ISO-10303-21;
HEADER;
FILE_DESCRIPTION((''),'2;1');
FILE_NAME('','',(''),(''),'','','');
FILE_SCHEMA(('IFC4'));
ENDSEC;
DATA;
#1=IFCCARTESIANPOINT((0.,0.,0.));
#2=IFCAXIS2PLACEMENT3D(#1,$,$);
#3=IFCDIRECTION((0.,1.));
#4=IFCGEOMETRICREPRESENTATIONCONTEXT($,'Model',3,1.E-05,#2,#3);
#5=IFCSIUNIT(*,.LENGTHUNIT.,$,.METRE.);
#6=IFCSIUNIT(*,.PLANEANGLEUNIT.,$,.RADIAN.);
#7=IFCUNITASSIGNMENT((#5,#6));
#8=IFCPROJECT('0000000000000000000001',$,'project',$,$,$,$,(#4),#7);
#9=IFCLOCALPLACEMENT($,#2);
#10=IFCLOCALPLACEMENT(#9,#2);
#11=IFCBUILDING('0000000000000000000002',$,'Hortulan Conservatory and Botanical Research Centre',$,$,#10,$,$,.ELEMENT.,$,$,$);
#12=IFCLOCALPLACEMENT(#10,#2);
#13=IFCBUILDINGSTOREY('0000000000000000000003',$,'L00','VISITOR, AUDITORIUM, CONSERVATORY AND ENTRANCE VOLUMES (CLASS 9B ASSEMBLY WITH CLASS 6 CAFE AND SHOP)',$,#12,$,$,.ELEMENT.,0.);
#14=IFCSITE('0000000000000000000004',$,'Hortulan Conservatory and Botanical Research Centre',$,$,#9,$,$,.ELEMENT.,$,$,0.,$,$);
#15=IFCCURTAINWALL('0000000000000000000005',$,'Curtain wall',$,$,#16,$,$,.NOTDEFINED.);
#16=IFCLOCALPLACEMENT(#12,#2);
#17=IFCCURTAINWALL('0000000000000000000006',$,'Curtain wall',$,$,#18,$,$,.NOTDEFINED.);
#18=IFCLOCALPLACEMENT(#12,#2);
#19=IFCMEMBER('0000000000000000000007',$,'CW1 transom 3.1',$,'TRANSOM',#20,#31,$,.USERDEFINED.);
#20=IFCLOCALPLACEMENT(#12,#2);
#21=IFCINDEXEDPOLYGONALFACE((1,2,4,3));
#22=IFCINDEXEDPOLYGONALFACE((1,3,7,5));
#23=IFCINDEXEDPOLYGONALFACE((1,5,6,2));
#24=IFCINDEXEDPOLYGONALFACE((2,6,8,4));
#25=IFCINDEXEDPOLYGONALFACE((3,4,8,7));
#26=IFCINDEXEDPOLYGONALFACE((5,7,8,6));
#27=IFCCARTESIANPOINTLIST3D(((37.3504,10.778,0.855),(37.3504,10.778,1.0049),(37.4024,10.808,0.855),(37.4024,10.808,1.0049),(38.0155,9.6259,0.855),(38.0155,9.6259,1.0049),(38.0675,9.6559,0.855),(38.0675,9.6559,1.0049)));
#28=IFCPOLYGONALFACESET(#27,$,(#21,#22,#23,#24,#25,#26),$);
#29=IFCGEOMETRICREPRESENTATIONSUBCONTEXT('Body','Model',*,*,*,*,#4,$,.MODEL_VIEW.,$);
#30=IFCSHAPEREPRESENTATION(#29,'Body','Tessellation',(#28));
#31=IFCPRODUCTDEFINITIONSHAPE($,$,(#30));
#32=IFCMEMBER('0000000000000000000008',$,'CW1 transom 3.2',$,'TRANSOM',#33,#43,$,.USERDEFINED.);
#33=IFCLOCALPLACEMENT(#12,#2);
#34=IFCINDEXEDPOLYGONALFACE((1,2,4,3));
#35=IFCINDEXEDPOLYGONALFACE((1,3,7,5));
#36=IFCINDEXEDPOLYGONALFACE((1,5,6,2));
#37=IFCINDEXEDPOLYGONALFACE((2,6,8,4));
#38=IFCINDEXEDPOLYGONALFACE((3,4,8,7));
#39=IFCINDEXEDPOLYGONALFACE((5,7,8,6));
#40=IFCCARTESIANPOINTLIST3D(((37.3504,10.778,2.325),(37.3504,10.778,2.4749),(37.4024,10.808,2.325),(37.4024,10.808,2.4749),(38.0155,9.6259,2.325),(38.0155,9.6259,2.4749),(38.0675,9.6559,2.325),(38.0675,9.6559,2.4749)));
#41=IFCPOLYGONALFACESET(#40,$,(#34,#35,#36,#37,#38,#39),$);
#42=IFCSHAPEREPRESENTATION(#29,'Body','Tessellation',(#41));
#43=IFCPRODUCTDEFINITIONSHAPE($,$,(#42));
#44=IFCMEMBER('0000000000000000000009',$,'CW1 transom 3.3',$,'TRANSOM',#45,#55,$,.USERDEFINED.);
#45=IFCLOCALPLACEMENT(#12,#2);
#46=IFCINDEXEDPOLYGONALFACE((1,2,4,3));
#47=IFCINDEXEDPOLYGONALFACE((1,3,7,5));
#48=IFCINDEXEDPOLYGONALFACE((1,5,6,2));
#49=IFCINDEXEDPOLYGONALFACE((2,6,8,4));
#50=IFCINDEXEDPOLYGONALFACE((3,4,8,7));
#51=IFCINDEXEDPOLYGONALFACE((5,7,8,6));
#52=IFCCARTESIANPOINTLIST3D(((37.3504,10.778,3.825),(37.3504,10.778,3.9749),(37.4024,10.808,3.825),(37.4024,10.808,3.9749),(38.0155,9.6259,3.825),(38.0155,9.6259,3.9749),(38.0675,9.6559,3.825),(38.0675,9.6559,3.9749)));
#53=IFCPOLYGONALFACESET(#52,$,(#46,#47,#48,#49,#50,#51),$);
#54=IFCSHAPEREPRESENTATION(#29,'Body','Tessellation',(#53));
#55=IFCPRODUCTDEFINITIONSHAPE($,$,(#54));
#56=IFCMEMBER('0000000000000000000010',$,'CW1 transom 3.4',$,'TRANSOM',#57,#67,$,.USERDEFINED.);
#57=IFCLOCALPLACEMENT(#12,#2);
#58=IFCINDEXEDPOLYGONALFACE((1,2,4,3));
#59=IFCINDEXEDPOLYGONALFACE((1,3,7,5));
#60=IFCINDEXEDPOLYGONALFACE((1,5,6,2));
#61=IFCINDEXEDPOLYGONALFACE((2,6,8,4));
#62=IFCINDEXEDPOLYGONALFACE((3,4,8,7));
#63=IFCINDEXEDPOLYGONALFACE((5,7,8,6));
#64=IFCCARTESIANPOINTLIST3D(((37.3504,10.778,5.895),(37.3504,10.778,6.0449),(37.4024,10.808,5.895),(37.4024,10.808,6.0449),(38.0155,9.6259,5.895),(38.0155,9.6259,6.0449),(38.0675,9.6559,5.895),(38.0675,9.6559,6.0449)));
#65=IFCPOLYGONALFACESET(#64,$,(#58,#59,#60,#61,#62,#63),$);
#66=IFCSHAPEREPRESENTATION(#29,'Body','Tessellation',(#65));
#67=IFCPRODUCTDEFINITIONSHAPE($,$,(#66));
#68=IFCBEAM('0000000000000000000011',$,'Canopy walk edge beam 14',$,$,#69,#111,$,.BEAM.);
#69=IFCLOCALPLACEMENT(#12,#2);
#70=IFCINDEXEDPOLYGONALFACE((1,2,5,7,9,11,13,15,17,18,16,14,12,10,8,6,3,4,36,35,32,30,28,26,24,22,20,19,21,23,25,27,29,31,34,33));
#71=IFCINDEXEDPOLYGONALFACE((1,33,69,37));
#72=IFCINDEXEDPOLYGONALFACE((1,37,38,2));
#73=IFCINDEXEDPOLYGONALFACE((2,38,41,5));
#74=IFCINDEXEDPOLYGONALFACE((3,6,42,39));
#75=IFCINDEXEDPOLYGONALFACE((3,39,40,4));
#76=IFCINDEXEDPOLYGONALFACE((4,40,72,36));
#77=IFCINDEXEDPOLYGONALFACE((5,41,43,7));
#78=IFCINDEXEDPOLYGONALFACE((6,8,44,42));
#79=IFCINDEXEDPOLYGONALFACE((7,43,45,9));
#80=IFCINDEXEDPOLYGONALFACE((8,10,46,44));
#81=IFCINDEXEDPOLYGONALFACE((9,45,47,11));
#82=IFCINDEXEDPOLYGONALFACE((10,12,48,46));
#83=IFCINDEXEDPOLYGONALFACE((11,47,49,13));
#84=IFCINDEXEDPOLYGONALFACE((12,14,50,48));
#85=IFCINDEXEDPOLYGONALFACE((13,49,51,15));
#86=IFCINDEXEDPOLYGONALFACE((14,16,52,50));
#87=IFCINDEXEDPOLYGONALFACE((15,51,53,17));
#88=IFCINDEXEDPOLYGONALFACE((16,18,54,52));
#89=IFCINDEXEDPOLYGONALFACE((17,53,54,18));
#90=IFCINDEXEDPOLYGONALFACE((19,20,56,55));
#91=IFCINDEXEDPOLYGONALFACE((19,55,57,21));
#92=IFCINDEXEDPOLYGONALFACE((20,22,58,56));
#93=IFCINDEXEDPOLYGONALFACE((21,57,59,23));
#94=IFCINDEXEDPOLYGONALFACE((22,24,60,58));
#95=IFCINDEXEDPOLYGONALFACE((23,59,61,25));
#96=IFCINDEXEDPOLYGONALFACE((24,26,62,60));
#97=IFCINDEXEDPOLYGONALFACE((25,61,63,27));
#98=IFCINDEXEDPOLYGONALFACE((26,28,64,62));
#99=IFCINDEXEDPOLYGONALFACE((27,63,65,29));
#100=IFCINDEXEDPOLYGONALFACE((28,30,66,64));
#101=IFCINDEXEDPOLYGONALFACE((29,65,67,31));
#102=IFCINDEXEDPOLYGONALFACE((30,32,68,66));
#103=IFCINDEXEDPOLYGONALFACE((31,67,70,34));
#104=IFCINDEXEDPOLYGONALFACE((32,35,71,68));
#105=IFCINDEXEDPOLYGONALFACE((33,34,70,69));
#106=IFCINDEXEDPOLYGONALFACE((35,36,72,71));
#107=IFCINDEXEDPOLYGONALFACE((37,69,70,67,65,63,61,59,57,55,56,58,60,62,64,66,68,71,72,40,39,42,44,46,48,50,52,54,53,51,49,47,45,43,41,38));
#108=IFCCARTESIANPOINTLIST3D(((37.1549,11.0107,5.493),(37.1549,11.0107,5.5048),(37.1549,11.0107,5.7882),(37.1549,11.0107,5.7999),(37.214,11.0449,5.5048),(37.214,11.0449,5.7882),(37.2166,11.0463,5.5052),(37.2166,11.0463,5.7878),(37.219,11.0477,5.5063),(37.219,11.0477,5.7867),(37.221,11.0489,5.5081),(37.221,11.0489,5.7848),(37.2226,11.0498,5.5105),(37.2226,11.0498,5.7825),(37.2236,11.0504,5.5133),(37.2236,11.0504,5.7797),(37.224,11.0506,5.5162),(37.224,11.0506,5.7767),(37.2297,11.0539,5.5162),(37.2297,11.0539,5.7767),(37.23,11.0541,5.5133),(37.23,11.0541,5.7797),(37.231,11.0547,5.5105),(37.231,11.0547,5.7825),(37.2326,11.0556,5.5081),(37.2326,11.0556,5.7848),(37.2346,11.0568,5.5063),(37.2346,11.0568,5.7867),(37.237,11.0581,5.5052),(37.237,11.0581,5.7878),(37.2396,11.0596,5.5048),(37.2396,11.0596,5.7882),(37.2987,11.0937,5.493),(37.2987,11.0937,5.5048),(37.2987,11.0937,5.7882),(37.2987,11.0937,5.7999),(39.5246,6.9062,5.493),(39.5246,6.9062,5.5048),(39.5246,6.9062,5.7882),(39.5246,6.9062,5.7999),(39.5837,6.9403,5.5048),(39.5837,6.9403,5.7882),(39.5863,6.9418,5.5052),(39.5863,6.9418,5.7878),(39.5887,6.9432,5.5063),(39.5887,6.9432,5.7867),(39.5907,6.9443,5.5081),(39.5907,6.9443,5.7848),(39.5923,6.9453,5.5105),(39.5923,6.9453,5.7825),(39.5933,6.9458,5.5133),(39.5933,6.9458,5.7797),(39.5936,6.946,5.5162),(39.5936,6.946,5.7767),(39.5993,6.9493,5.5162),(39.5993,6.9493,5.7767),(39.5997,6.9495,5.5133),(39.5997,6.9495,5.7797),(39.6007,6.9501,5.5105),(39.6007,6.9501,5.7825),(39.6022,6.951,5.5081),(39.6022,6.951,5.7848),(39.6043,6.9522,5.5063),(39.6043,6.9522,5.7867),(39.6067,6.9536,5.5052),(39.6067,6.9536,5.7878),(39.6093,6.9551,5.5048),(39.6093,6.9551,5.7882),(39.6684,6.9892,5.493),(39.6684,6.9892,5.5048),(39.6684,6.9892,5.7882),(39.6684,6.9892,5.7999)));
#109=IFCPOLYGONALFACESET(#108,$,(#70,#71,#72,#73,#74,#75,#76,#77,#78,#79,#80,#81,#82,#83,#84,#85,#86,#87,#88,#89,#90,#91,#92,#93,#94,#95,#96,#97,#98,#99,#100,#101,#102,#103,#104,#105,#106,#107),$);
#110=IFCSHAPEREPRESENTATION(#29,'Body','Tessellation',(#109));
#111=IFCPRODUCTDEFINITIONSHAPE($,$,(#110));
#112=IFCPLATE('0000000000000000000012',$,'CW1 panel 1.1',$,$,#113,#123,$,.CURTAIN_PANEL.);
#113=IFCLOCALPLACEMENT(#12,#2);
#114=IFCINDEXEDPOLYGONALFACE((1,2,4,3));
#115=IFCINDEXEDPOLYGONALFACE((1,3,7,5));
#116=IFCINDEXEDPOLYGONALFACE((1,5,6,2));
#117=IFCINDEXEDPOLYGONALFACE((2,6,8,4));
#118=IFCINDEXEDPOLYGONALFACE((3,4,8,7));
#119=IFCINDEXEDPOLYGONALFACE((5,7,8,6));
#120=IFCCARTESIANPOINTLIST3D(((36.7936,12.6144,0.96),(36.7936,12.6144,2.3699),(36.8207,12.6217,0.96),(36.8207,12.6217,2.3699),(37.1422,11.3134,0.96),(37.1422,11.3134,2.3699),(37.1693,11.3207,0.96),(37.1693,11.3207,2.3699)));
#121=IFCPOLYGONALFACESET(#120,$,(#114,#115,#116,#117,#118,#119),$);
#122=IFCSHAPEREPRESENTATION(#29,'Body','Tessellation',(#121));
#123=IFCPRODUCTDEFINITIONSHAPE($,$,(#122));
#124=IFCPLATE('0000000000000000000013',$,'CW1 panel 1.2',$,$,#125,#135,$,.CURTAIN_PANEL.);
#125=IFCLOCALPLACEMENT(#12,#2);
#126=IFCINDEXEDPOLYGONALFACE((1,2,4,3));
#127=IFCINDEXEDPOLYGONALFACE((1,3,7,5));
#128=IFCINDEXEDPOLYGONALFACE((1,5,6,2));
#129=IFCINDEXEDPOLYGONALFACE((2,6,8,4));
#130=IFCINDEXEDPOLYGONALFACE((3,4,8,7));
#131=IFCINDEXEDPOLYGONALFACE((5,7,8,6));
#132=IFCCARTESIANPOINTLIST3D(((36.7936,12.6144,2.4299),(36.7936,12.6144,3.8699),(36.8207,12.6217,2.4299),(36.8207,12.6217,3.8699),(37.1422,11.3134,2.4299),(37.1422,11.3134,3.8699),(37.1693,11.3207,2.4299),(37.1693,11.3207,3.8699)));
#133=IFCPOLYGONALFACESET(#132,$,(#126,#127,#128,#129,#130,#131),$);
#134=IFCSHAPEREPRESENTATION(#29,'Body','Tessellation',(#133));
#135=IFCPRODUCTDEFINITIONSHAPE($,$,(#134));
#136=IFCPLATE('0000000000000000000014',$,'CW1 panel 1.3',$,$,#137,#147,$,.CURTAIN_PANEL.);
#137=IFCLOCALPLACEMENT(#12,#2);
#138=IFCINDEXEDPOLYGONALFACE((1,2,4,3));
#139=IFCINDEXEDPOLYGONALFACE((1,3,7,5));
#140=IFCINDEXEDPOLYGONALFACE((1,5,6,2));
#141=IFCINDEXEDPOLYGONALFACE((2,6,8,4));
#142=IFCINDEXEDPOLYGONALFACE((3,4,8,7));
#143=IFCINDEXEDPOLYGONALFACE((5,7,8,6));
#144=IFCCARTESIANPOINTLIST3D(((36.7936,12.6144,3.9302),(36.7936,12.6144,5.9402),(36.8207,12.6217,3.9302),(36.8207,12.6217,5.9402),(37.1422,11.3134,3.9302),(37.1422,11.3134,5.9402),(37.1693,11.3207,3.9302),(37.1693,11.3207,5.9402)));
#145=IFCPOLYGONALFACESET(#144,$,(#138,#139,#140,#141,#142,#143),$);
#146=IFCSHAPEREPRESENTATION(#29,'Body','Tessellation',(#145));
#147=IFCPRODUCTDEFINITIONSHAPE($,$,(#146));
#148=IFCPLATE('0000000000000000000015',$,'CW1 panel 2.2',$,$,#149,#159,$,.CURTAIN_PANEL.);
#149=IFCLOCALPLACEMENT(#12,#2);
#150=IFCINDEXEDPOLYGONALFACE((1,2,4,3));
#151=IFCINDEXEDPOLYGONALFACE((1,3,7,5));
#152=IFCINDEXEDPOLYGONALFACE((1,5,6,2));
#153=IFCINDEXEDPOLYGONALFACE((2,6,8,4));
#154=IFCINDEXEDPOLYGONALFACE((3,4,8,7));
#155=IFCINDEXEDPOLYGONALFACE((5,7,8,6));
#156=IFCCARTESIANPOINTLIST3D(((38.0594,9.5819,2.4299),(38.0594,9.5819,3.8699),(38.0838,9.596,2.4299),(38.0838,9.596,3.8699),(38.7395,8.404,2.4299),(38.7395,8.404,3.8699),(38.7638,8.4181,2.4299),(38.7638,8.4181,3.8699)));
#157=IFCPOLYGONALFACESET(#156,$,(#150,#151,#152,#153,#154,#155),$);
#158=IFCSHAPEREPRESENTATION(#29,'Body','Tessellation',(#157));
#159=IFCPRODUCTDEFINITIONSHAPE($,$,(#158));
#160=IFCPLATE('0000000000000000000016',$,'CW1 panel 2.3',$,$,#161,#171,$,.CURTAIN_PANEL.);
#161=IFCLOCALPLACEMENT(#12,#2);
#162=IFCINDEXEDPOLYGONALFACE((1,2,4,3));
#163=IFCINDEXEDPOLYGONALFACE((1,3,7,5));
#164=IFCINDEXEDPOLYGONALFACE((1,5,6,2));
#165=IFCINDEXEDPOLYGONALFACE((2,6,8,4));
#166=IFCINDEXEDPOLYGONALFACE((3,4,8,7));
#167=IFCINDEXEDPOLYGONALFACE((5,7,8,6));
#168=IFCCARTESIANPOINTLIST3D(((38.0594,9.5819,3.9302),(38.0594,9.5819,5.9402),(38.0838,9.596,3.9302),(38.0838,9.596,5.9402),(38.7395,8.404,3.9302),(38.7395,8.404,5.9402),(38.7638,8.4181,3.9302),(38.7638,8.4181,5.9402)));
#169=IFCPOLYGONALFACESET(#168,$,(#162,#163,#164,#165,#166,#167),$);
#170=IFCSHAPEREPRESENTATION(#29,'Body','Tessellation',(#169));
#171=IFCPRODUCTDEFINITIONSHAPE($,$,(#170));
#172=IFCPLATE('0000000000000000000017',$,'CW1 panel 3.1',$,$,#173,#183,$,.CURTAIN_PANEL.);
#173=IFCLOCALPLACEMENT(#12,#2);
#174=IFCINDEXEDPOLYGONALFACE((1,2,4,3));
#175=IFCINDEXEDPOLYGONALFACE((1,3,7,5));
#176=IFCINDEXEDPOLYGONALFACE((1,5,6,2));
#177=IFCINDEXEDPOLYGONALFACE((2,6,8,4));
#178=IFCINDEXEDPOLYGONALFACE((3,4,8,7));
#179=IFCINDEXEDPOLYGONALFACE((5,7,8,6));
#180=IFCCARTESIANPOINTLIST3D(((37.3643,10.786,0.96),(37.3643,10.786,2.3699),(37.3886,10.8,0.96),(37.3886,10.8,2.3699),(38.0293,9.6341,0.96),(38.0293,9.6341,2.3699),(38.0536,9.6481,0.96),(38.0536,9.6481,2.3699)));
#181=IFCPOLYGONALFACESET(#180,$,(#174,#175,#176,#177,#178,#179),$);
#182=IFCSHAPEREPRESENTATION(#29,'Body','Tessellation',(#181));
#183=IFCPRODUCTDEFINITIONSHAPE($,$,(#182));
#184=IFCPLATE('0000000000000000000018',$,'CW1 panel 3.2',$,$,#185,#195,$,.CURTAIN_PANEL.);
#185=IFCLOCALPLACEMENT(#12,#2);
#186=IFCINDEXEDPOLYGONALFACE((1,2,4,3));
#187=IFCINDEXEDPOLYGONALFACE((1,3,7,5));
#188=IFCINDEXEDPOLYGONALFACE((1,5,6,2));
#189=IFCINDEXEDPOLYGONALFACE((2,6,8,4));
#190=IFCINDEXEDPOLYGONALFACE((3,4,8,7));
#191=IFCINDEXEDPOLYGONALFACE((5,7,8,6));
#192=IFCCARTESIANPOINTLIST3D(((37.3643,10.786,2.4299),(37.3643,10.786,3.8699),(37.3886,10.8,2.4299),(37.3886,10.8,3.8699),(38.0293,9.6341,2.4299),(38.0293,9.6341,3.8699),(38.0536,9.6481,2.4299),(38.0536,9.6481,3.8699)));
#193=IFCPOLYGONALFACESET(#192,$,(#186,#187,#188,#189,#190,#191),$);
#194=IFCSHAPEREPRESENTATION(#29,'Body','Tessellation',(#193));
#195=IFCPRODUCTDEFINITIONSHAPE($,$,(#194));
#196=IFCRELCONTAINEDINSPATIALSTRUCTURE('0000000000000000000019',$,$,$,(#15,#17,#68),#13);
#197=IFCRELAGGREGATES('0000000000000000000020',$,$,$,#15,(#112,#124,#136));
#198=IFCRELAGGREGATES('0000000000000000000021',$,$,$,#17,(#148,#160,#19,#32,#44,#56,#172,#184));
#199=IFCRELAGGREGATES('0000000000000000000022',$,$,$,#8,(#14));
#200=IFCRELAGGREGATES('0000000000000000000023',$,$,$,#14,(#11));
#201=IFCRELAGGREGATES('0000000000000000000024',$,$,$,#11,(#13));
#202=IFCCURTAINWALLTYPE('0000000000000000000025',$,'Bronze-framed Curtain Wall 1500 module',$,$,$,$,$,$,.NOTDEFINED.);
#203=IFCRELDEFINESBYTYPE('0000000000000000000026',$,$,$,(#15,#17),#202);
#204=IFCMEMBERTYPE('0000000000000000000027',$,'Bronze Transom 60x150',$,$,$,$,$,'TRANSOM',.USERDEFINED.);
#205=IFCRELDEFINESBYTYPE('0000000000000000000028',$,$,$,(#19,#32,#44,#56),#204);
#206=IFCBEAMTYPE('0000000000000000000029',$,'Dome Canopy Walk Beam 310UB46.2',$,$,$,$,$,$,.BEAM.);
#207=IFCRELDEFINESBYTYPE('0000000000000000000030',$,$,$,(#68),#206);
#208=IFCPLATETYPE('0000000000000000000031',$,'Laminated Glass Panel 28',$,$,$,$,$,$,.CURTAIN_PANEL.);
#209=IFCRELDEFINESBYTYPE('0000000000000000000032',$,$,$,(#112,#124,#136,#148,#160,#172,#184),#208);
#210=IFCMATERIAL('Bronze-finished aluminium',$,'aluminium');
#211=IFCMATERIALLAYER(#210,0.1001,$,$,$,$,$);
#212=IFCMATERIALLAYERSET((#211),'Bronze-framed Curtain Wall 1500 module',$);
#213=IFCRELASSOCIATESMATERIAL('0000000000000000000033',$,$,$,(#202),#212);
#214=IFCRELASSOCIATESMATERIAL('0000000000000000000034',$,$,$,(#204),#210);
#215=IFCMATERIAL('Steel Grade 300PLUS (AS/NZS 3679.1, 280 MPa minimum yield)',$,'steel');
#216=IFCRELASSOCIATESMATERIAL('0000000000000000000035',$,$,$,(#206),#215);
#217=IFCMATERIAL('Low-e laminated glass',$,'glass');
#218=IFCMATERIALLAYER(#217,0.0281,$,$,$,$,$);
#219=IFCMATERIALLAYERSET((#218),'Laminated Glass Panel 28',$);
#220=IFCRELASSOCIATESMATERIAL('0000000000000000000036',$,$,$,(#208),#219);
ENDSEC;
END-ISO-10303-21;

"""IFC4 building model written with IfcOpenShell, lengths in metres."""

from ifc_helpers import new_model, si_unit, direction, frame, origin, origin_2d, place, context, subcontext, project, spatial, rectangle, i_section, extrude, material, layer, layer_set, material_profile, profile_set, type_object, element, aggregate, save


model = new_model("IFC4")

# Units and contexts
model_context = context("Model", 3, precision=1e-05, world=origin(), true_north=direction((0.0, 1.0)))
body_context = subcontext(model_context, "Body", "Model", "MODEL_VIEW")
ifc_project = project(units=[si_unit("LENGTHUNIT", "METRE"), si_unit("PLANEANGLEUNIT", "RADIAN")], contexts=[model_context])

# Site, building, storey
site_placement = place(None, origin())
site = spatial("IfcSite", under=ifc_project, at=site_placement, Name="Hortulan Conservatory and Botanical Research Centre", CompositionType="ELEMENT", RefElevation=0.0)
building_placement = place(site_placement, origin())
building = spatial("IfcBuilding", under=site, at=building_placement, Name="Hortulan Conservatory and Botanical Research Centre", CompositionType="ELEMENT")
storey_placement = place(building_placement, origin())
storey = spatial("IfcBuildingStorey", under=building, at=storey_placement, Name="L00", Description="VISITOR, AUDITORIUM, CONSERVATORY AND ENTRANCE VOLUMES (CLASS 9B ASSEMBLY WITH CLASS 6 CAFE AND SHOP)", CompositionType="ELEMENT", Elevation=0.0)

# Curtain walls
ifc_material_1 = material(Name="Bronze-finished aluminium", Category="aluminium")
ifc_layer_1 = layer(ifc_material_1, 0.1001)
ifc_layer_set_1 = layer_set([ifc_layer_1], Name="Bronze-framed Curtain Wall 1500 module")
curtain_wall_type = type_object("IfcCurtainWallType", Name="Bronze-framed Curtain Wall 1500 module", PredefinedType="NOTDEFINED", material=ifc_layer_set_1)
curtain_wall_1_placement = place(storey_placement, origin())
curtain_wall_1 = element("IfcCurtainWall", 1, at=curtain_wall_1_placement, inside=storey, type_object=curtain_wall_type, Name="Curtain wall", PredefinedType="NOTDEFINED")
curtain_wall_2_placement = place(storey_placement, origin())
curtain_wall_2 = element("IfcCurtainWall", 2, at=curtain_wall_2_placement, inside=storey, type_object=curtain_wall_type, Name="Curtain wall", PredefinedType="NOTDEFINED")

# Members
ifc_material_profile_1 = material_profile(ifc_material_1, rectangle(XDim=0.0601, YDim=0.1499, at=origin_2d()), Name="Bronze Transom 60x150")
ifc_profile_set_1 = profile_set([ifc_material_profile_1], Name="Bronze-finished aluminium")
member_type_1 = type_object("IfcMemberType", Name="Bronze Transom 60x150", ElementType="TRANSOM", PredefinedType="USERDEFINED", material=ifc_profile_set_1)
member_1_placement = place(storey_placement, frame((38.0415, 9.6409, 0.9299), z_axis=(-0.499929, 0.866066, 0.0), x_axis=(-0.866066, -0.499929, 0.0)))
member_1 = element("IfcMember", 3, at=member_1_placement, type_object=member_type_1, Name="CW1 transom 3.1", ObjectType="TRANSOM", PredefinedType="USERDEFINED", context=body_context, shape_type="SweptSolid", body=[
    extrude(rectangle(XDim=0.0601, YDim=0.1499, at=origin_2d()), origin(), (0.0, 0.0, 1.0), 1.3303),
])
member_2_placement = place(storey_placement, frame((38.0415, 9.6409, 2.3999), z_axis=(-0.499929, 0.866066, 0.0), x_axis=(-0.866066, -0.499929, 0.0)))
member_2 = element("IfcMember", 4, at=member_2_placement, type_object=member_type_1, Name="CW1 transom 3.2", ObjectType="TRANSOM", PredefinedType="USERDEFINED", context=body_context, shape_type="SweptSolid", body=[
    extrude(rectangle(XDim=0.0601, YDim=0.1499, at=origin_2d()), origin(), (0.0, 0.0, 1.0), 1.3303),
])
member_3_placement = place(storey_placement, frame((38.0415, 9.6409, 3.8999), z_axis=(-0.499929, 0.866066, 0.0), x_axis=(-0.866066, -0.499929, 0.0)))
member_3 = element("IfcMember", 5, at=member_3_placement, type_object=member_type_1, Name="CW1 transom 3.3", ObjectType="TRANSOM", PredefinedType="USERDEFINED", context=body_context, shape_type="SweptSolid", body=[
    extrude(rectangle(XDim=0.0601, YDim=0.1499, at=origin_2d()), origin(), (0.0, 0.0, 1.0), 1.3303),
])
member_4_placement = place(storey_placement, frame((38.0415, 9.6409, 5.97), z_axis=(-0.499929, 0.866066, 0.0), x_axis=(-0.866066, -0.499929, 0.0)))
member_4 = element("IfcMember", 6, at=member_4_placement, type_object=member_type_1, Name="CW1 transom 3.4", ObjectType="TRANSOM", PredefinedType="USERDEFINED", context=body_context, shape_type="SweptSolid", body=[
    extrude(rectangle(XDim=0.0601, YDim=0.1499, at=origin_2d()), origin(), (0.0, 0.0, 1.0), 1.3303),
])

# Beam
ifc_material_2 = material(Name="Steel Grade 300PLUS (AS/NZS 3679.1, 280 MPa minimum yield)", Category="steel")
ifc_material_profile_2 = material_profile(ifc_material_2, i_section(OverallWidth=0.166, OverallDepth=0.3069, WebThickness=0.0066, FlangeThickness=0.0117, FilletRadius=0.0115, at=origin_2d()), Name="310UB46.2")
ifc_profile_set_2 = profile_set([ifc_material_profile_2], Name="Steel Grade 300PLUS (AS/NZS 3679.1, 280 MPa minimum yield)")
beam_type = type_object("IfcBeamType", Name="Dome Canopy Walk Beam 310UB46.2", PredefinedType="BEAM", material=ifc_profile_set_2)
beam_placement = place(storey_placement, frame((37.2268, 11.0522, 5.6465), z_axis=(0.499984, -0.866035, 0.0), x_axis=(0.866035, 0.499984, 0.0)))
element("IfcBeam", 7, at=beam_placement, inside=storey, type_object=beam_type, Name="Canopy walk edge beam 14", PredefinedType="BEAM", context=body_context, shape_type="SweptSolid", body=[
    extrude(i_section(OverallWidth=0.166, OverallDepth=0.3069, WebThickness=0.0066, FlangeThickness=0.0117, FilletRadius=0.0115, at=origin_2d()), origin(), (0.0, 0.0, 1.0), 4.7395),
])

# Plates
ifc_material_3 = material(Name="Low-e laminated glass", Category="glass")
ifc_layer_2 = layer(ifc_material_3, 0.0281)
ifc_layer_set_2 = layer_set([ifc_layer_2], Name="Laminated Glass Panel 28")
plate_type = type_object("IfcPlateType", Name="Laminated Glass Panel 28", PredefinedType="CURTAIN_PANEL", material=ifc_layer_set_2)
plate_1_placement = place(storey_placement, frame((36.9814, 11.9675, 0.96), z_axis=(0.0, 0.0, 1.0), x_axis=(-0.258832, 0.965922, 0.0)))
plate_1 = element("IfcPlate", 8, at=plate_1_placement, type_object=plate_type, Name="CW1 panel 1.1", PredefinedType="CURTAIN_PANEL", context=body_context, shape_type="SweptSolid", body=[
    extrude(rectangle(XDim=1.3469, YDim=0.0281, at=origin_2d()), origin(), (0.0, 0.0, 1.0), 1.4099),
])
plate_2_placement = place(storey_placement, frame((36.9814, 11.9675, 2.4299), z_axis=(0.0, 0.0, 1.0), x_axis=(-0.258832, 0.965922, 0.0)))
plate_2 = element("IfcPlate", 9, at=plate_2_placement, type_object=plate_type, Name="CW1 panel 1.2", PredefinedType="CURTAIN_PANEL", context=body_context, shape_type="SweptSolid", body=[
    extrude(rectangle(XDim=1.3469, YDim=0.0281, at=origin_2d()), origin(), (0.0, 0.0, 1.0), 1.4399),
])
plate_3_placement = place(storey_placement, frame((36.9814, 11.9675, 3.9302), z_axis=(0.0, 0.0, 1.0), x_axis=(-0.258832, 0.965922, 0.0)))
plate_3 = element("IfcPlate", 10, at=plate_3_placement, type_object=plate_type, Name="CW1 panel 1.3", PredefinedType="CURTAIN_PANEL", context=body_context, shape_type="SweptSolid", body=[
    extrude(rectangle(XDim=1.3469, YDim=0.0281, at=origin_2d()), origin(), (0.0, 0.0, 1.0), 2.01),
])
aggregate(curtain_wall_1, [plate_1, plate_2, plate_3])
plate_4_placement = place(storey_placement, frame((38.4116, 9.0, 2.4299), z_axis=(0.0, 0.0, 1.0), x_axis=(-0.499981, 0.866036, 0.0)))
plate_4 = element("IfcPlate", 11, at=plate_4_placement, type_object=plate_type, Name="CW1 panel 2.2", PredefinedType="CURTAIN_PANEL", context=body_context, shape_type="SweptSolid", body=[
    extrude(rectangle(XDim=1.3601, YDim=0.0281, at=origin_2d()), origin(), (0.0, 0.0, 1.0), 1.4399),
])
plate_5_placement = place(storey_placement, frame((38.4116, 9.0, 3.9302), z_axis=(0.0, 0.0, 1.0), x_axis=(-0.499981, 0.866036, 0.0)))
plate_5 = element("IfcPlate", 12, at=plate_5_placement, type_object=plate_type, Name="CW1 panel 2.3", PredefinedType="CURTAIN_PANEL", context=body_context, shape_type="SweptSolid", body=[
    extrude(rectangle(XDim=1.3601, YDim=0.0281, at=origin_2d()), origin(), (0.0, 0.0, 1.0), 2.01),
])
plate_6_placement = place(storey_placement, frame((37.709, 10.217, 0.96), z_axis=(0.0, 0.0, 1.0), x_axis=(-0.499981, 0.866036, 0.0)))
plate_6 = element("IfcPlate", 13, at=plate_6_placement, type_object=plate_type, Name="CW1 panel 3.1", PredefinedType="CURTAIN_PANEL", context=body_context, shape_type="SweptSolid", body=[
    extrude(rectangle(XDim=1.3301, YDim=0.0281, at=origin_2d()), origin(), (0.0, 0.0, 1.0), 1.4099),
])
plate_7_placement = place(storey_placement, frame((37.709, 10.217, 2.4299), z_axis=(0.0, 0.0, 1.0), x_axis=(-0.499981, 0.866036, 0.0)))
plate_7 = element("IfcPlate", 14, at=plate_7_placement, type_object=plate_type, Name="CW1 panel 3.2", PredefinedType="CURTAIN_PANEL", context=body_context, shape_type="SweptSolid", body=[
    extrude(rectangle(XDim=1.3301, YDim=0.0281, at=origin_2d()), origin(), (0.0, 0.0, 1.0), 1.4399),
])
aggregate(curtain_wall_2, [plate_4, plate_5, member_1, member_2, member_3, member_4, plate_6, plate_7])

save(model, "model.ifc")
